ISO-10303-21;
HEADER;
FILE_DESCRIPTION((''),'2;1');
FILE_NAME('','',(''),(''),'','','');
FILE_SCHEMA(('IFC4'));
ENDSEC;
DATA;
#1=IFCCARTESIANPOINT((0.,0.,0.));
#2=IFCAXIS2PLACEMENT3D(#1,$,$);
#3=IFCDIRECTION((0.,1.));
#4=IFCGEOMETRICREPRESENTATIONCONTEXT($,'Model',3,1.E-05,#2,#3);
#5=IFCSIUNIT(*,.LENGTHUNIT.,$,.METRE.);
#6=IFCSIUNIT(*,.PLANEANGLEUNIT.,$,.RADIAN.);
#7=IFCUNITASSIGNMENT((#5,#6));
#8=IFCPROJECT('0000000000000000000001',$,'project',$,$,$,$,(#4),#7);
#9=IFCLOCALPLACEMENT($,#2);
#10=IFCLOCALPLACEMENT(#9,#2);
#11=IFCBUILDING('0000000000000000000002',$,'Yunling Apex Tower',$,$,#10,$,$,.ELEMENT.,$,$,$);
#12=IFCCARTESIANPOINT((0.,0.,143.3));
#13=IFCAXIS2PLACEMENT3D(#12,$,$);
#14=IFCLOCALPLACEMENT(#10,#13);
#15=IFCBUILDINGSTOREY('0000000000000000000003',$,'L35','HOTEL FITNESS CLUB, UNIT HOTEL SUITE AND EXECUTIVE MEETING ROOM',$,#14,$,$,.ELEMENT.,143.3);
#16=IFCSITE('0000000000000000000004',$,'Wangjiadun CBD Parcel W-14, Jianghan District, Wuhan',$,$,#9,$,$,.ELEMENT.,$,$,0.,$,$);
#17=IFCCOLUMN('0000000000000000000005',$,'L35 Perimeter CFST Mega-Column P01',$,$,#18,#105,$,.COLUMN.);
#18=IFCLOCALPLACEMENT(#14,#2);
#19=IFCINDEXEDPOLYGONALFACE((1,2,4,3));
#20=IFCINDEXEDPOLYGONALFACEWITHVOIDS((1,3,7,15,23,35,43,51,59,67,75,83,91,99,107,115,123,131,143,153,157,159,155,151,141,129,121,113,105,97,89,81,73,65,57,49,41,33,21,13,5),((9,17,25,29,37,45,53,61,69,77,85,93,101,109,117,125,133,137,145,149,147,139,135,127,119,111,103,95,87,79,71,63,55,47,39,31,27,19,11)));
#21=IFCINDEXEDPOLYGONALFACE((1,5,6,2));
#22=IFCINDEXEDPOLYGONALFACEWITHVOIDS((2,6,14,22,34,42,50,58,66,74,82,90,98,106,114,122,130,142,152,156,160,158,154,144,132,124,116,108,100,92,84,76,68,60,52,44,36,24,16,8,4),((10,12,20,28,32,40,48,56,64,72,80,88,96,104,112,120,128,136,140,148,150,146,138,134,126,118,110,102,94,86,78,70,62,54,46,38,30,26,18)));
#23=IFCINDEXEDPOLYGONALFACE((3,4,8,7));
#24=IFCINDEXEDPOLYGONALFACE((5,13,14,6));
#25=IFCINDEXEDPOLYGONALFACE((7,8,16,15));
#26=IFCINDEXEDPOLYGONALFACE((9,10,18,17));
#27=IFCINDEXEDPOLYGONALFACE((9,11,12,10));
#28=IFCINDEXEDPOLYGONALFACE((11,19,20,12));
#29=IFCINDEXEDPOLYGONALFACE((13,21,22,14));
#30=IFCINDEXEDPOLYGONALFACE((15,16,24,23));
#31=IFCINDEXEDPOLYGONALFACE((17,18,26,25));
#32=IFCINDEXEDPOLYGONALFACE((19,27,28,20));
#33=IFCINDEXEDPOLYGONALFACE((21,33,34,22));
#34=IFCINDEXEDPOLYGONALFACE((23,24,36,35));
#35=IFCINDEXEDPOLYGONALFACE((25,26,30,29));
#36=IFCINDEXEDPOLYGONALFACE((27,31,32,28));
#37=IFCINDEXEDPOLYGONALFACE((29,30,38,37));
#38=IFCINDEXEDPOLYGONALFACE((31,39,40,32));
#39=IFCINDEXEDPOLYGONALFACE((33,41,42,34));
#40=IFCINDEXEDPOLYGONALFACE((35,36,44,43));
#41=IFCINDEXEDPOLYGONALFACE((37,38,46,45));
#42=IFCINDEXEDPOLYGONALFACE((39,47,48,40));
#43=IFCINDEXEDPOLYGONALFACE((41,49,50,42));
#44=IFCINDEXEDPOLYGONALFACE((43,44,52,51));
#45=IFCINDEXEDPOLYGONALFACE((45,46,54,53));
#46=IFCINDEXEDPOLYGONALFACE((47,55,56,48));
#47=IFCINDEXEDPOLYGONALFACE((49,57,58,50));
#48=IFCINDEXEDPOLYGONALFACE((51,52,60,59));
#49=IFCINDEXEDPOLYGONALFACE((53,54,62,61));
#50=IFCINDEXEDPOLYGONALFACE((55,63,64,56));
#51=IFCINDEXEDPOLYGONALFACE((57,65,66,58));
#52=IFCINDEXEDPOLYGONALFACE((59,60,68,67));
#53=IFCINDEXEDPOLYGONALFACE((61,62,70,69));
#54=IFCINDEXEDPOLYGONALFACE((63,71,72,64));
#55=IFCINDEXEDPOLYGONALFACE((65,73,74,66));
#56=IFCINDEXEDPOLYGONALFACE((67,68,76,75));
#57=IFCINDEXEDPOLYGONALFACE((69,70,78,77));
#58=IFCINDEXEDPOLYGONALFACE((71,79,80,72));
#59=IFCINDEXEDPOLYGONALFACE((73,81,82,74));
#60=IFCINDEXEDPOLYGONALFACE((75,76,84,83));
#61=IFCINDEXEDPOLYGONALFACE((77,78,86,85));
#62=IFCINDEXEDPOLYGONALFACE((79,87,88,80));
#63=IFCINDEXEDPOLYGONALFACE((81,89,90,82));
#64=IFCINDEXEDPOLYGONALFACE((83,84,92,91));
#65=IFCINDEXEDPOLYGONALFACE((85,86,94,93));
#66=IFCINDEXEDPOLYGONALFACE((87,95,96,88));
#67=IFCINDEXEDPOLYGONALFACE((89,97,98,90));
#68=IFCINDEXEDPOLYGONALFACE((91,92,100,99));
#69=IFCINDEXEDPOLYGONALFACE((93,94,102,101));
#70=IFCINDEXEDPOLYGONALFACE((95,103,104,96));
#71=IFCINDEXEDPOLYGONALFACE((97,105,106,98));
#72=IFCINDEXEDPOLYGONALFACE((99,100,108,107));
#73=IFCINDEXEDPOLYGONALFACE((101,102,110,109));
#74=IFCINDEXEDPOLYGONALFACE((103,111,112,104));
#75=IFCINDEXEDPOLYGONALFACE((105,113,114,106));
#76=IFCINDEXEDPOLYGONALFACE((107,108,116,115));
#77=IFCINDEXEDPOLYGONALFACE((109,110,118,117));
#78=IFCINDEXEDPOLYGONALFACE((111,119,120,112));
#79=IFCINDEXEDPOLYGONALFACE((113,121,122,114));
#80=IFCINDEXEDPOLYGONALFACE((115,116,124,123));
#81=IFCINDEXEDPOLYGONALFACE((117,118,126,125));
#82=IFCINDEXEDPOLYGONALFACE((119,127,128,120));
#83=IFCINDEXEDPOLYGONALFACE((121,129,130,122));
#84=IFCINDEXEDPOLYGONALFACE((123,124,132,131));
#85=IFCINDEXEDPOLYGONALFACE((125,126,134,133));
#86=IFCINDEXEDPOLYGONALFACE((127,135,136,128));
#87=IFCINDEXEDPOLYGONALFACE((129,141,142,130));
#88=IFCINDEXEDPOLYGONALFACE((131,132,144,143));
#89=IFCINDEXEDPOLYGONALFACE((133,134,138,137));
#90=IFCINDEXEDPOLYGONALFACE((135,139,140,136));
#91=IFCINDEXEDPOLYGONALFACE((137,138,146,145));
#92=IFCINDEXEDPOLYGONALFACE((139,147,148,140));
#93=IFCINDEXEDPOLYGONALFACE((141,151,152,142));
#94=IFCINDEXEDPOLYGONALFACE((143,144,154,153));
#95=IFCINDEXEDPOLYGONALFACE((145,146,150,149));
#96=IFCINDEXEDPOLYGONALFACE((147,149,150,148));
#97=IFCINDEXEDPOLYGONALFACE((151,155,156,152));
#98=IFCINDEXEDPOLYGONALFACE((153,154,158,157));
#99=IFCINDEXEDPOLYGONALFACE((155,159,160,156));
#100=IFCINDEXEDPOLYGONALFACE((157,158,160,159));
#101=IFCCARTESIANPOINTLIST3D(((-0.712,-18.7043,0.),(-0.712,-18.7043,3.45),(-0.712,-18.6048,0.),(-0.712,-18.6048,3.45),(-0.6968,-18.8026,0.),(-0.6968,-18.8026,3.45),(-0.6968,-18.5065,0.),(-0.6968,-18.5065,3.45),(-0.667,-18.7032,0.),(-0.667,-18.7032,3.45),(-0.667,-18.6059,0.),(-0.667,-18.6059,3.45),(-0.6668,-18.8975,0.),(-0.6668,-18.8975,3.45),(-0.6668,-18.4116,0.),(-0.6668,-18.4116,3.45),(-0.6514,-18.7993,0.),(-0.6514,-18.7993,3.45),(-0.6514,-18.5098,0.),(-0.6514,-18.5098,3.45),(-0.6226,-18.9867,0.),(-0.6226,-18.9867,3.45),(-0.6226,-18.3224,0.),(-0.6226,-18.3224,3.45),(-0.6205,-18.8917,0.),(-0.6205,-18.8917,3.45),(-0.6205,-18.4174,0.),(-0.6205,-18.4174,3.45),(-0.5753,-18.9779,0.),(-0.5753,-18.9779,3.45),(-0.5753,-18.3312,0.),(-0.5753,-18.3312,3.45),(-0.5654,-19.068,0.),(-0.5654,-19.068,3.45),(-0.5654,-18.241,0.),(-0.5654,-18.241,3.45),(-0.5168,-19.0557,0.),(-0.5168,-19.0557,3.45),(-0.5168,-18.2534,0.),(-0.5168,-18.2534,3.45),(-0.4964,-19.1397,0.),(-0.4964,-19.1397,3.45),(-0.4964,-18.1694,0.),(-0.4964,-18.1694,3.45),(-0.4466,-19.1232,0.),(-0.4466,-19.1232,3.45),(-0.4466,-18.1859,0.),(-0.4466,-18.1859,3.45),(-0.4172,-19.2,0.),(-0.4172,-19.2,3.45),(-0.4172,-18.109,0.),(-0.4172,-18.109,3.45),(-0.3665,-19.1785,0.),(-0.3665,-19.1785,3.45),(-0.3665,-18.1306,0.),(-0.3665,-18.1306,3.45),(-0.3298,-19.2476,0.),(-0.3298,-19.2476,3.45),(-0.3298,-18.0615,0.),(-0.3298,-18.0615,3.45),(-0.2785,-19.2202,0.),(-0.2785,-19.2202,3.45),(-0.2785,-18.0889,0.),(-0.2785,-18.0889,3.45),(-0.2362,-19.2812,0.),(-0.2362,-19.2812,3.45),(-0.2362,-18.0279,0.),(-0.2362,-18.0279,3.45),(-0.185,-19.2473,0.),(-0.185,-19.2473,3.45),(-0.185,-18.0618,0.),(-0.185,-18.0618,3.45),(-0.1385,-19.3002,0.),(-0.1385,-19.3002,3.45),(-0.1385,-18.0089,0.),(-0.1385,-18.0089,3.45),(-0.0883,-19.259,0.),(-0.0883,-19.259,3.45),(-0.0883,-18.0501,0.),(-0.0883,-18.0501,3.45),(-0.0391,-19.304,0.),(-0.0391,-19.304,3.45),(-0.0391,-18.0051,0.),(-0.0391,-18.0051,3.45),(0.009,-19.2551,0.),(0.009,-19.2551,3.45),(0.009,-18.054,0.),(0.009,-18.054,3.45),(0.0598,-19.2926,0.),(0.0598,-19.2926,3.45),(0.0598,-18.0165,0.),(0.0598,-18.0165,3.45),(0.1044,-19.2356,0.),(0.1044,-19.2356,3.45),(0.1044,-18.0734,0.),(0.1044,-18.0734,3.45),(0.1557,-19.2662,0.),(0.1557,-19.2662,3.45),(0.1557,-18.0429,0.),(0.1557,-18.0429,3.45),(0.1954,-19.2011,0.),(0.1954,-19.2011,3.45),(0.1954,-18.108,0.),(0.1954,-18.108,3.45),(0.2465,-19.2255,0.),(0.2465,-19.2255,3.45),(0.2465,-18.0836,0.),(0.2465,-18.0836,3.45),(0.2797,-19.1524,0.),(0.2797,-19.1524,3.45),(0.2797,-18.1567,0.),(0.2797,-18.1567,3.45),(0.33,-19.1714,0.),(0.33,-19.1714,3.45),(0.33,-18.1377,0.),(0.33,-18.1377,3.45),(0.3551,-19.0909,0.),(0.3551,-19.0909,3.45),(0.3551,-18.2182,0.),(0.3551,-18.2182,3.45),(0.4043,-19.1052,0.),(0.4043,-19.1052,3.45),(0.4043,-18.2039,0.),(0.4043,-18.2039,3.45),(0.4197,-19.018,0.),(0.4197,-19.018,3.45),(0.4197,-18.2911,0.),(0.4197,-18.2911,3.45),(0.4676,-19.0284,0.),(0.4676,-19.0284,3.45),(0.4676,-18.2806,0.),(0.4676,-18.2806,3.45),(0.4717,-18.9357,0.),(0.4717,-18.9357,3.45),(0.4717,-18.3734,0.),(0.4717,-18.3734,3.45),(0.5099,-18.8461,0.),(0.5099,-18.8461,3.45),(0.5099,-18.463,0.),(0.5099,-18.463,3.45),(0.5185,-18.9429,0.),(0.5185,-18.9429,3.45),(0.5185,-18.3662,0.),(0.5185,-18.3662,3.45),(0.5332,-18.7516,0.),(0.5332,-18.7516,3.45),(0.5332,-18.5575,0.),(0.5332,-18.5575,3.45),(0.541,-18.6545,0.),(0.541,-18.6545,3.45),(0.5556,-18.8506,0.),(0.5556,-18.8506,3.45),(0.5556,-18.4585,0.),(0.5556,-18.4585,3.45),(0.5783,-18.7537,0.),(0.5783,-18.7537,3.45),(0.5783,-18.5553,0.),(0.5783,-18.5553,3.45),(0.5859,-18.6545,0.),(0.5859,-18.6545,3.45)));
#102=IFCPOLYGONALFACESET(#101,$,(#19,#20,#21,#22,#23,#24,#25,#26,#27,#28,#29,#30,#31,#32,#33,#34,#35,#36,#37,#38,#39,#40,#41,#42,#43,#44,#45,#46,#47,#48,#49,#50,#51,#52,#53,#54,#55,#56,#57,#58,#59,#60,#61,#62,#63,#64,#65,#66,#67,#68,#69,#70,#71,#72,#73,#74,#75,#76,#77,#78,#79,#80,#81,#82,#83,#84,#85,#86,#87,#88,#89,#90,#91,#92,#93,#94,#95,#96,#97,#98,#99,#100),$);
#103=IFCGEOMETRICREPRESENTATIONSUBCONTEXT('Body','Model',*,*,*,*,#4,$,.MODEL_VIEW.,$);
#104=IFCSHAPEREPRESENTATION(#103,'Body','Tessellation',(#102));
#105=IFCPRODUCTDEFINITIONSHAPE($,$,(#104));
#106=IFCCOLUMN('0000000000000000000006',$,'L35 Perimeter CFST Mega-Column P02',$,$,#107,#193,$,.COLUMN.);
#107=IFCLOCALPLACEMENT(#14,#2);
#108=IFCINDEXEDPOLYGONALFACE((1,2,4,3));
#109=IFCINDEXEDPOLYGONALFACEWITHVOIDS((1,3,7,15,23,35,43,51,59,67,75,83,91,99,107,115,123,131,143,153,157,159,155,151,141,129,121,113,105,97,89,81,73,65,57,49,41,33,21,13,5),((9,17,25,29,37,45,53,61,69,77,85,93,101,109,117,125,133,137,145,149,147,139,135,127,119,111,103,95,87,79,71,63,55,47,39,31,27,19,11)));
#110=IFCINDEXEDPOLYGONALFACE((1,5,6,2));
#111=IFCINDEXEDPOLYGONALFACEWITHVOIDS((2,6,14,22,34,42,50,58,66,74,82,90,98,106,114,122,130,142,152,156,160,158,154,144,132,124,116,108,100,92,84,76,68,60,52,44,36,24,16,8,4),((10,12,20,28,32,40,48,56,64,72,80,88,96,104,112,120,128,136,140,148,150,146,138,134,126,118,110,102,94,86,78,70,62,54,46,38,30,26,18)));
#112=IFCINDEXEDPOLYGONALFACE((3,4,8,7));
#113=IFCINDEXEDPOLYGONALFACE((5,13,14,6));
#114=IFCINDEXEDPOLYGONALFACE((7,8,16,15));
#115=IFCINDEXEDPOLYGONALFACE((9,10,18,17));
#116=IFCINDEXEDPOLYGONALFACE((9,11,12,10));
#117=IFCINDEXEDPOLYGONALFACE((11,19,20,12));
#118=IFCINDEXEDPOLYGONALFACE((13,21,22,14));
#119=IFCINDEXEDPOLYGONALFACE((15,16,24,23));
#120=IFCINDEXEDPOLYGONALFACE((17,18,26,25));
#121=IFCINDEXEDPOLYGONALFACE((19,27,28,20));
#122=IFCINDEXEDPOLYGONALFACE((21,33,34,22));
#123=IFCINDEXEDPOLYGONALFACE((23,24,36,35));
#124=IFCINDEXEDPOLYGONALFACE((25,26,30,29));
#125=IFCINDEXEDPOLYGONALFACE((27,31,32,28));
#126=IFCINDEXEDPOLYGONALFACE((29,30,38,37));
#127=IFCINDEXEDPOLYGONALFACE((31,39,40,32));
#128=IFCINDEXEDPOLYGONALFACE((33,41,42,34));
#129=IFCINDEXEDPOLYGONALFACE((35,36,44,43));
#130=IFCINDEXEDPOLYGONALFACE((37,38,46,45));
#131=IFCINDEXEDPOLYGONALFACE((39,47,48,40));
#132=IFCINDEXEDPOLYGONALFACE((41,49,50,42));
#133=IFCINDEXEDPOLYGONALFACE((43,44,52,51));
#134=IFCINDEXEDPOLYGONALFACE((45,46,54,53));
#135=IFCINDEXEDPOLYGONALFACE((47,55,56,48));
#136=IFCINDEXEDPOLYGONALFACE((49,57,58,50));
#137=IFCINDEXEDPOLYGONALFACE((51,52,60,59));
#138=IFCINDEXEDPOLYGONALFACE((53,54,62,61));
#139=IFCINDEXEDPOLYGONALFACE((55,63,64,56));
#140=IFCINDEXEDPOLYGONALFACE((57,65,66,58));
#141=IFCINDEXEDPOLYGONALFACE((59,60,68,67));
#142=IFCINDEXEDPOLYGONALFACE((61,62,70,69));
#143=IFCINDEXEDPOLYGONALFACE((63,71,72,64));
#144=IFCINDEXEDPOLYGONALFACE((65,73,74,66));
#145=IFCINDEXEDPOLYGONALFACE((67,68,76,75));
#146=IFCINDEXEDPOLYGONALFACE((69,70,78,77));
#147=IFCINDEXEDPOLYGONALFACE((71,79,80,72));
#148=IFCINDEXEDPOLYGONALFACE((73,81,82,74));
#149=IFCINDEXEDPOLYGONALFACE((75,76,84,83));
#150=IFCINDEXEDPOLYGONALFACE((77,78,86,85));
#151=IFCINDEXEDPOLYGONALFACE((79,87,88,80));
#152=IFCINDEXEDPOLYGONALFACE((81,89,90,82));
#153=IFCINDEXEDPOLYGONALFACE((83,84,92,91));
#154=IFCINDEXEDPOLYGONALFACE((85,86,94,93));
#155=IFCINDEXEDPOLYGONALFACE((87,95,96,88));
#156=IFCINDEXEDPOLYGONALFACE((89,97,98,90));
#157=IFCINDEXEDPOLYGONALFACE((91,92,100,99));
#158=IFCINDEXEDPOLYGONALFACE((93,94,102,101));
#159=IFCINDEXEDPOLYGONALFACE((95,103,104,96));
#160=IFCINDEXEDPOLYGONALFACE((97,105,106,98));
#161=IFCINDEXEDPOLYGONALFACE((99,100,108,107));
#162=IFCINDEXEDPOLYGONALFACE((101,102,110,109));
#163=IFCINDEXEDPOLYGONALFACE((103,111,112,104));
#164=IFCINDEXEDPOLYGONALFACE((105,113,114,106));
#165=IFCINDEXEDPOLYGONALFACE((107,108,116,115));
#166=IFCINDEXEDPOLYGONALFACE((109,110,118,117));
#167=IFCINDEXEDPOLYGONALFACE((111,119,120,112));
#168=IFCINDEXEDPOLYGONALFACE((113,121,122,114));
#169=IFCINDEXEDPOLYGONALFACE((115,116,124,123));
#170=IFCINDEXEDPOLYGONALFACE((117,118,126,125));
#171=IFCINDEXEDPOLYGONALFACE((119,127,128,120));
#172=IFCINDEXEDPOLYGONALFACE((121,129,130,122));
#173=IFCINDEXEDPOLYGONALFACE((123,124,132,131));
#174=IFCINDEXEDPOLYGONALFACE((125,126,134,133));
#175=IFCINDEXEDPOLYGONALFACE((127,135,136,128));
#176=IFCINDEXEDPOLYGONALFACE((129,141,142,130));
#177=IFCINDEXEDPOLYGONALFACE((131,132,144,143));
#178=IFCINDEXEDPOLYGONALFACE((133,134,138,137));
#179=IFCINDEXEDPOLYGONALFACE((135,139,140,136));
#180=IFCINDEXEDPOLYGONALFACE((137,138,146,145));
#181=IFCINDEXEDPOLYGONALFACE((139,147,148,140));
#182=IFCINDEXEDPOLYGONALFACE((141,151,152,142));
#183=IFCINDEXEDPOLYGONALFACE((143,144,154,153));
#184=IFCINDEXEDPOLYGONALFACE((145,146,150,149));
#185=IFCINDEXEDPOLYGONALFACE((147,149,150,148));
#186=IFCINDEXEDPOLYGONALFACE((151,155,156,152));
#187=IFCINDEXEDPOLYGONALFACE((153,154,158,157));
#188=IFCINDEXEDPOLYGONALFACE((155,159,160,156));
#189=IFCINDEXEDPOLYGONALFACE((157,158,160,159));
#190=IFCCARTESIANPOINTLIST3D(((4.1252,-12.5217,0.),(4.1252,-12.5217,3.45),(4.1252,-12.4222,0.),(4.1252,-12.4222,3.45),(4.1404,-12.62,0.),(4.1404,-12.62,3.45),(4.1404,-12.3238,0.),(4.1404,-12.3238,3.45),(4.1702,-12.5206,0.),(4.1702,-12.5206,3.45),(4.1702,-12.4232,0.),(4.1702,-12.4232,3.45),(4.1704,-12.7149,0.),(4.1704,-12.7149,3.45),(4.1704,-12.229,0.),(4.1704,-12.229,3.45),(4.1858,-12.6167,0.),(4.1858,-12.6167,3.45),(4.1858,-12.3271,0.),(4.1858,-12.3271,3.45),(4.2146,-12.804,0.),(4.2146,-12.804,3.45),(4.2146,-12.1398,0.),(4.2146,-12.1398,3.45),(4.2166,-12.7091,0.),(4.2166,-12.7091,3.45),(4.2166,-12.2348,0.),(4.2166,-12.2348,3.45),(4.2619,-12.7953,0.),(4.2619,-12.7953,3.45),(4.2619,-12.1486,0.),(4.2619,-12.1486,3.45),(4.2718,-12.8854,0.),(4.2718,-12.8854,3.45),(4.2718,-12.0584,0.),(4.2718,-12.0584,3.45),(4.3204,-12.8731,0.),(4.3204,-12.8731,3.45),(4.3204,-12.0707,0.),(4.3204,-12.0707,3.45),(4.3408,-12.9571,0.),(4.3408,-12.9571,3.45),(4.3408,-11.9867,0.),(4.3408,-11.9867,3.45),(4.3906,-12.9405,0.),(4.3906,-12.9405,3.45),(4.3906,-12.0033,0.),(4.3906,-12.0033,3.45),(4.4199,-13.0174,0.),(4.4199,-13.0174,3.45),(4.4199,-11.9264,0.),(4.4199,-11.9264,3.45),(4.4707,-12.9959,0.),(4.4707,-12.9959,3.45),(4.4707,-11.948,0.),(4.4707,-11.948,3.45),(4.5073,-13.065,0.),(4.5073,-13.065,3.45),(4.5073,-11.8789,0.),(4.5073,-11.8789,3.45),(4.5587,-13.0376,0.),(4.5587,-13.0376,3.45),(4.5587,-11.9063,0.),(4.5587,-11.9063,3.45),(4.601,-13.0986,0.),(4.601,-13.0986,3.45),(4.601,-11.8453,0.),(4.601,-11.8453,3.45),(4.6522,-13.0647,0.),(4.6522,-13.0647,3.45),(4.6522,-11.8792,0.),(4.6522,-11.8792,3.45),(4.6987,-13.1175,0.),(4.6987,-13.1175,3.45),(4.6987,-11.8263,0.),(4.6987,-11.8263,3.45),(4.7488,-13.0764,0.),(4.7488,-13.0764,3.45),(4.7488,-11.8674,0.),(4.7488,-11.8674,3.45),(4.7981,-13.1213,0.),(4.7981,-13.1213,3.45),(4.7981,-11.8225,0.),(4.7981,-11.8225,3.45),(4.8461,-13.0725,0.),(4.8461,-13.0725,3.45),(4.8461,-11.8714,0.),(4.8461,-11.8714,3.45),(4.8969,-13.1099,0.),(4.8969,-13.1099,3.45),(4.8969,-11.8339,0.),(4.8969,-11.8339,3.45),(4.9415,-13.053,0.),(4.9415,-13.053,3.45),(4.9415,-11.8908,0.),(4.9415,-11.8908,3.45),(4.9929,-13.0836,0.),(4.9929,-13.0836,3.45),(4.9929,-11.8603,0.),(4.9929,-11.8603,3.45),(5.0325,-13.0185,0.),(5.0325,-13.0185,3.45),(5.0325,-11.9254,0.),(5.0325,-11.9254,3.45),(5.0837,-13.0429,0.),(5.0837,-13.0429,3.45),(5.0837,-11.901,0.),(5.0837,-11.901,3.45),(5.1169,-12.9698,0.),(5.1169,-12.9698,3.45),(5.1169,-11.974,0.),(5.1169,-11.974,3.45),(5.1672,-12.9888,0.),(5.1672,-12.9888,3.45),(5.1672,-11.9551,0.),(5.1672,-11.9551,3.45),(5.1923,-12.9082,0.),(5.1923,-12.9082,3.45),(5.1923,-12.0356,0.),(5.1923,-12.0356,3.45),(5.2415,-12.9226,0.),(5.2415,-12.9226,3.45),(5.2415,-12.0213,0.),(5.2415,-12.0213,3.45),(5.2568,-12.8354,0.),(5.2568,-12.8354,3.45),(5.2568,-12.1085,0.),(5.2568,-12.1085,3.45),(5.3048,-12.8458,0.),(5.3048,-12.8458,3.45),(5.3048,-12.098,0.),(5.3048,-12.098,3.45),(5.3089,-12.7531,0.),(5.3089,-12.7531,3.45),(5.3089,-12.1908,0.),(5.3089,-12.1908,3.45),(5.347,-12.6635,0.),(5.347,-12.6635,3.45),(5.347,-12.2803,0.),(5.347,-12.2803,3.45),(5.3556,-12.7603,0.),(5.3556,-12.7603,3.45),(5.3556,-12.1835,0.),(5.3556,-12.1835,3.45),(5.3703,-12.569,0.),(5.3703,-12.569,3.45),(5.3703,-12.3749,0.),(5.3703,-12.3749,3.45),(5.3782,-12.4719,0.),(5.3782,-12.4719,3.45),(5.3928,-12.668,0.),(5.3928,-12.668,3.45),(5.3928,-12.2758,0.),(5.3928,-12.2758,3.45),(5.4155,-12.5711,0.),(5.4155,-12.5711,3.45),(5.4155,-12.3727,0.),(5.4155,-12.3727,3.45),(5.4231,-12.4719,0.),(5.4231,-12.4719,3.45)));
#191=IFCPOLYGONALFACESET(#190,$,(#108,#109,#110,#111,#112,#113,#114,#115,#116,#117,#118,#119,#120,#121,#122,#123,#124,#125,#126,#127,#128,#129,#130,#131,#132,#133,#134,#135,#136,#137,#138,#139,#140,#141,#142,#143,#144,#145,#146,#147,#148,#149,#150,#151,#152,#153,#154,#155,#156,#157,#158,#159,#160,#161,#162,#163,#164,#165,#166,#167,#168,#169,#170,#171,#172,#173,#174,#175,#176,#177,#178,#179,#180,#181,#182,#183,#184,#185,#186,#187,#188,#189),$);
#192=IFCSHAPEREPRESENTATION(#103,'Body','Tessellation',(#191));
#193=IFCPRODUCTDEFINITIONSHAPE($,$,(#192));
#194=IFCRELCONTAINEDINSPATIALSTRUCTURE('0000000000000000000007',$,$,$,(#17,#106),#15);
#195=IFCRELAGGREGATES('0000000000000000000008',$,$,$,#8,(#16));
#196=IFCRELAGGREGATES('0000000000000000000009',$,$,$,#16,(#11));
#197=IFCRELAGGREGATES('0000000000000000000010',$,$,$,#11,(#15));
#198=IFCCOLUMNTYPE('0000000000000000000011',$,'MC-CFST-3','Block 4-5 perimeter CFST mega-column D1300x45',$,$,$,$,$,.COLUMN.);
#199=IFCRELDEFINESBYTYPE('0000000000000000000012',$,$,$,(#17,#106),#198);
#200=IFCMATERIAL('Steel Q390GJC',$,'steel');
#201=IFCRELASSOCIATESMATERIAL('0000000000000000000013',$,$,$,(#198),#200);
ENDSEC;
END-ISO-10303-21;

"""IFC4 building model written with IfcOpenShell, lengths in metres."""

from ifc_helpers import new_model, si_unit, direction, frame, origin, origin_2d, place, context, subcontext, project, spatial, hollow_circle, extrude, source, transform, mapped, material, material_profile, profile_set, type_object, element, save


model = new_model("IFC4")

# Units and contexts
model_context = context("Model", 3, precision=1e-05, world=origin(), true_north=direction((0.0, 1.0)))
body_context = subcontext(model_context, "Body", "Model", "MODEL_VIEW")
ifc_project = project(units=[si_unit("LENGTHUNIT", "METRE"), si_unit("PLANEANGLEUNIT", "RADIAN")], contexts=[model_context])

# Site, building, storey
site_placement = place(None, origin())
site = spatial("IfcSite", under=ifc_project, at=site_placement, Name="Wangjiadun CBD Parcel W-14, Jianghan District, Wuhan", CompositionType="ELEMENT", RefElevation=0.0)
building_placement = place(site_placement, origin())
building = spatial("IfcBuilding", under=site, at=building_placement, Name="Yunling Apex Tower", CompositionType="ELEMENT")
storey_placement = place(building_placement, frame((0.0, 0.0, 143.3)))
storey = spatial("IfcBuildingStorey", under=building, at=storey_placement, Name="L35", Description="HOTEL FITNESS CLUB, UNIT HOTEL SUITE AND EXECUTIVE MEETING ROOM", CompositionType="ELEMENT", Elevation=143.3)

# Columns
ifc_material_1 = material(Name="Steel Q390GJC", Category="steel")
ifc_material_profile_1 = material_profile(ifc_material_1, hollow_circle(Radius=0.6499, WallThickness=0.0449, at=origin_2d()))
ifc_profile_set_1 = profile_set([ifc_material_profile_1], Name="Steel Q390GJC")
column_type = type_object("IfcColumnType", Name="MC-CFST-3", Description="Block 4-5 perimeter CFST mega-column D1300x45", PredefinedType="COLUMN", material=ifc_profile_set_1)
shared_shape_1 = source(origin(), body_context, "Body", "SweptSolid", [
    extrude(hollow_circle(Radius=0.6499, WallThickness=0.0449, at=origin_2d()), origin(), (0.0, 0.0, 1.0), 3.45),
])
for number, where, z_axis, x_axis, name in (
    (1, (-0.064, -18.6545, 0.0), (0.0, 0.0, 1.0), (1.0, 0.0, 0.0), "L35 Perimeter CFST Mega-Column P01"),
    (2, (4.7732, -12.4719, 0.0), (0.0, 0.0, 1.0), (1.0, 0.0, 0.0), "L35 Perimeter CFST Mega-Column P02"),
):
    element("IfcColumn", number, at=place(storey_placement, frame(where, z_axis=z_axis, x_axis=x_axis)), inside=storey, type_object=column_type, Name=name, PredefinedType="COLUMN", context=body_context, shape_type="MappedRepresentation", body=[
        mapped(shared_shape_1, transform((0.0, 0.0, 0.0), scale=1.0)),
    ])

save(model, "model.ifc")
